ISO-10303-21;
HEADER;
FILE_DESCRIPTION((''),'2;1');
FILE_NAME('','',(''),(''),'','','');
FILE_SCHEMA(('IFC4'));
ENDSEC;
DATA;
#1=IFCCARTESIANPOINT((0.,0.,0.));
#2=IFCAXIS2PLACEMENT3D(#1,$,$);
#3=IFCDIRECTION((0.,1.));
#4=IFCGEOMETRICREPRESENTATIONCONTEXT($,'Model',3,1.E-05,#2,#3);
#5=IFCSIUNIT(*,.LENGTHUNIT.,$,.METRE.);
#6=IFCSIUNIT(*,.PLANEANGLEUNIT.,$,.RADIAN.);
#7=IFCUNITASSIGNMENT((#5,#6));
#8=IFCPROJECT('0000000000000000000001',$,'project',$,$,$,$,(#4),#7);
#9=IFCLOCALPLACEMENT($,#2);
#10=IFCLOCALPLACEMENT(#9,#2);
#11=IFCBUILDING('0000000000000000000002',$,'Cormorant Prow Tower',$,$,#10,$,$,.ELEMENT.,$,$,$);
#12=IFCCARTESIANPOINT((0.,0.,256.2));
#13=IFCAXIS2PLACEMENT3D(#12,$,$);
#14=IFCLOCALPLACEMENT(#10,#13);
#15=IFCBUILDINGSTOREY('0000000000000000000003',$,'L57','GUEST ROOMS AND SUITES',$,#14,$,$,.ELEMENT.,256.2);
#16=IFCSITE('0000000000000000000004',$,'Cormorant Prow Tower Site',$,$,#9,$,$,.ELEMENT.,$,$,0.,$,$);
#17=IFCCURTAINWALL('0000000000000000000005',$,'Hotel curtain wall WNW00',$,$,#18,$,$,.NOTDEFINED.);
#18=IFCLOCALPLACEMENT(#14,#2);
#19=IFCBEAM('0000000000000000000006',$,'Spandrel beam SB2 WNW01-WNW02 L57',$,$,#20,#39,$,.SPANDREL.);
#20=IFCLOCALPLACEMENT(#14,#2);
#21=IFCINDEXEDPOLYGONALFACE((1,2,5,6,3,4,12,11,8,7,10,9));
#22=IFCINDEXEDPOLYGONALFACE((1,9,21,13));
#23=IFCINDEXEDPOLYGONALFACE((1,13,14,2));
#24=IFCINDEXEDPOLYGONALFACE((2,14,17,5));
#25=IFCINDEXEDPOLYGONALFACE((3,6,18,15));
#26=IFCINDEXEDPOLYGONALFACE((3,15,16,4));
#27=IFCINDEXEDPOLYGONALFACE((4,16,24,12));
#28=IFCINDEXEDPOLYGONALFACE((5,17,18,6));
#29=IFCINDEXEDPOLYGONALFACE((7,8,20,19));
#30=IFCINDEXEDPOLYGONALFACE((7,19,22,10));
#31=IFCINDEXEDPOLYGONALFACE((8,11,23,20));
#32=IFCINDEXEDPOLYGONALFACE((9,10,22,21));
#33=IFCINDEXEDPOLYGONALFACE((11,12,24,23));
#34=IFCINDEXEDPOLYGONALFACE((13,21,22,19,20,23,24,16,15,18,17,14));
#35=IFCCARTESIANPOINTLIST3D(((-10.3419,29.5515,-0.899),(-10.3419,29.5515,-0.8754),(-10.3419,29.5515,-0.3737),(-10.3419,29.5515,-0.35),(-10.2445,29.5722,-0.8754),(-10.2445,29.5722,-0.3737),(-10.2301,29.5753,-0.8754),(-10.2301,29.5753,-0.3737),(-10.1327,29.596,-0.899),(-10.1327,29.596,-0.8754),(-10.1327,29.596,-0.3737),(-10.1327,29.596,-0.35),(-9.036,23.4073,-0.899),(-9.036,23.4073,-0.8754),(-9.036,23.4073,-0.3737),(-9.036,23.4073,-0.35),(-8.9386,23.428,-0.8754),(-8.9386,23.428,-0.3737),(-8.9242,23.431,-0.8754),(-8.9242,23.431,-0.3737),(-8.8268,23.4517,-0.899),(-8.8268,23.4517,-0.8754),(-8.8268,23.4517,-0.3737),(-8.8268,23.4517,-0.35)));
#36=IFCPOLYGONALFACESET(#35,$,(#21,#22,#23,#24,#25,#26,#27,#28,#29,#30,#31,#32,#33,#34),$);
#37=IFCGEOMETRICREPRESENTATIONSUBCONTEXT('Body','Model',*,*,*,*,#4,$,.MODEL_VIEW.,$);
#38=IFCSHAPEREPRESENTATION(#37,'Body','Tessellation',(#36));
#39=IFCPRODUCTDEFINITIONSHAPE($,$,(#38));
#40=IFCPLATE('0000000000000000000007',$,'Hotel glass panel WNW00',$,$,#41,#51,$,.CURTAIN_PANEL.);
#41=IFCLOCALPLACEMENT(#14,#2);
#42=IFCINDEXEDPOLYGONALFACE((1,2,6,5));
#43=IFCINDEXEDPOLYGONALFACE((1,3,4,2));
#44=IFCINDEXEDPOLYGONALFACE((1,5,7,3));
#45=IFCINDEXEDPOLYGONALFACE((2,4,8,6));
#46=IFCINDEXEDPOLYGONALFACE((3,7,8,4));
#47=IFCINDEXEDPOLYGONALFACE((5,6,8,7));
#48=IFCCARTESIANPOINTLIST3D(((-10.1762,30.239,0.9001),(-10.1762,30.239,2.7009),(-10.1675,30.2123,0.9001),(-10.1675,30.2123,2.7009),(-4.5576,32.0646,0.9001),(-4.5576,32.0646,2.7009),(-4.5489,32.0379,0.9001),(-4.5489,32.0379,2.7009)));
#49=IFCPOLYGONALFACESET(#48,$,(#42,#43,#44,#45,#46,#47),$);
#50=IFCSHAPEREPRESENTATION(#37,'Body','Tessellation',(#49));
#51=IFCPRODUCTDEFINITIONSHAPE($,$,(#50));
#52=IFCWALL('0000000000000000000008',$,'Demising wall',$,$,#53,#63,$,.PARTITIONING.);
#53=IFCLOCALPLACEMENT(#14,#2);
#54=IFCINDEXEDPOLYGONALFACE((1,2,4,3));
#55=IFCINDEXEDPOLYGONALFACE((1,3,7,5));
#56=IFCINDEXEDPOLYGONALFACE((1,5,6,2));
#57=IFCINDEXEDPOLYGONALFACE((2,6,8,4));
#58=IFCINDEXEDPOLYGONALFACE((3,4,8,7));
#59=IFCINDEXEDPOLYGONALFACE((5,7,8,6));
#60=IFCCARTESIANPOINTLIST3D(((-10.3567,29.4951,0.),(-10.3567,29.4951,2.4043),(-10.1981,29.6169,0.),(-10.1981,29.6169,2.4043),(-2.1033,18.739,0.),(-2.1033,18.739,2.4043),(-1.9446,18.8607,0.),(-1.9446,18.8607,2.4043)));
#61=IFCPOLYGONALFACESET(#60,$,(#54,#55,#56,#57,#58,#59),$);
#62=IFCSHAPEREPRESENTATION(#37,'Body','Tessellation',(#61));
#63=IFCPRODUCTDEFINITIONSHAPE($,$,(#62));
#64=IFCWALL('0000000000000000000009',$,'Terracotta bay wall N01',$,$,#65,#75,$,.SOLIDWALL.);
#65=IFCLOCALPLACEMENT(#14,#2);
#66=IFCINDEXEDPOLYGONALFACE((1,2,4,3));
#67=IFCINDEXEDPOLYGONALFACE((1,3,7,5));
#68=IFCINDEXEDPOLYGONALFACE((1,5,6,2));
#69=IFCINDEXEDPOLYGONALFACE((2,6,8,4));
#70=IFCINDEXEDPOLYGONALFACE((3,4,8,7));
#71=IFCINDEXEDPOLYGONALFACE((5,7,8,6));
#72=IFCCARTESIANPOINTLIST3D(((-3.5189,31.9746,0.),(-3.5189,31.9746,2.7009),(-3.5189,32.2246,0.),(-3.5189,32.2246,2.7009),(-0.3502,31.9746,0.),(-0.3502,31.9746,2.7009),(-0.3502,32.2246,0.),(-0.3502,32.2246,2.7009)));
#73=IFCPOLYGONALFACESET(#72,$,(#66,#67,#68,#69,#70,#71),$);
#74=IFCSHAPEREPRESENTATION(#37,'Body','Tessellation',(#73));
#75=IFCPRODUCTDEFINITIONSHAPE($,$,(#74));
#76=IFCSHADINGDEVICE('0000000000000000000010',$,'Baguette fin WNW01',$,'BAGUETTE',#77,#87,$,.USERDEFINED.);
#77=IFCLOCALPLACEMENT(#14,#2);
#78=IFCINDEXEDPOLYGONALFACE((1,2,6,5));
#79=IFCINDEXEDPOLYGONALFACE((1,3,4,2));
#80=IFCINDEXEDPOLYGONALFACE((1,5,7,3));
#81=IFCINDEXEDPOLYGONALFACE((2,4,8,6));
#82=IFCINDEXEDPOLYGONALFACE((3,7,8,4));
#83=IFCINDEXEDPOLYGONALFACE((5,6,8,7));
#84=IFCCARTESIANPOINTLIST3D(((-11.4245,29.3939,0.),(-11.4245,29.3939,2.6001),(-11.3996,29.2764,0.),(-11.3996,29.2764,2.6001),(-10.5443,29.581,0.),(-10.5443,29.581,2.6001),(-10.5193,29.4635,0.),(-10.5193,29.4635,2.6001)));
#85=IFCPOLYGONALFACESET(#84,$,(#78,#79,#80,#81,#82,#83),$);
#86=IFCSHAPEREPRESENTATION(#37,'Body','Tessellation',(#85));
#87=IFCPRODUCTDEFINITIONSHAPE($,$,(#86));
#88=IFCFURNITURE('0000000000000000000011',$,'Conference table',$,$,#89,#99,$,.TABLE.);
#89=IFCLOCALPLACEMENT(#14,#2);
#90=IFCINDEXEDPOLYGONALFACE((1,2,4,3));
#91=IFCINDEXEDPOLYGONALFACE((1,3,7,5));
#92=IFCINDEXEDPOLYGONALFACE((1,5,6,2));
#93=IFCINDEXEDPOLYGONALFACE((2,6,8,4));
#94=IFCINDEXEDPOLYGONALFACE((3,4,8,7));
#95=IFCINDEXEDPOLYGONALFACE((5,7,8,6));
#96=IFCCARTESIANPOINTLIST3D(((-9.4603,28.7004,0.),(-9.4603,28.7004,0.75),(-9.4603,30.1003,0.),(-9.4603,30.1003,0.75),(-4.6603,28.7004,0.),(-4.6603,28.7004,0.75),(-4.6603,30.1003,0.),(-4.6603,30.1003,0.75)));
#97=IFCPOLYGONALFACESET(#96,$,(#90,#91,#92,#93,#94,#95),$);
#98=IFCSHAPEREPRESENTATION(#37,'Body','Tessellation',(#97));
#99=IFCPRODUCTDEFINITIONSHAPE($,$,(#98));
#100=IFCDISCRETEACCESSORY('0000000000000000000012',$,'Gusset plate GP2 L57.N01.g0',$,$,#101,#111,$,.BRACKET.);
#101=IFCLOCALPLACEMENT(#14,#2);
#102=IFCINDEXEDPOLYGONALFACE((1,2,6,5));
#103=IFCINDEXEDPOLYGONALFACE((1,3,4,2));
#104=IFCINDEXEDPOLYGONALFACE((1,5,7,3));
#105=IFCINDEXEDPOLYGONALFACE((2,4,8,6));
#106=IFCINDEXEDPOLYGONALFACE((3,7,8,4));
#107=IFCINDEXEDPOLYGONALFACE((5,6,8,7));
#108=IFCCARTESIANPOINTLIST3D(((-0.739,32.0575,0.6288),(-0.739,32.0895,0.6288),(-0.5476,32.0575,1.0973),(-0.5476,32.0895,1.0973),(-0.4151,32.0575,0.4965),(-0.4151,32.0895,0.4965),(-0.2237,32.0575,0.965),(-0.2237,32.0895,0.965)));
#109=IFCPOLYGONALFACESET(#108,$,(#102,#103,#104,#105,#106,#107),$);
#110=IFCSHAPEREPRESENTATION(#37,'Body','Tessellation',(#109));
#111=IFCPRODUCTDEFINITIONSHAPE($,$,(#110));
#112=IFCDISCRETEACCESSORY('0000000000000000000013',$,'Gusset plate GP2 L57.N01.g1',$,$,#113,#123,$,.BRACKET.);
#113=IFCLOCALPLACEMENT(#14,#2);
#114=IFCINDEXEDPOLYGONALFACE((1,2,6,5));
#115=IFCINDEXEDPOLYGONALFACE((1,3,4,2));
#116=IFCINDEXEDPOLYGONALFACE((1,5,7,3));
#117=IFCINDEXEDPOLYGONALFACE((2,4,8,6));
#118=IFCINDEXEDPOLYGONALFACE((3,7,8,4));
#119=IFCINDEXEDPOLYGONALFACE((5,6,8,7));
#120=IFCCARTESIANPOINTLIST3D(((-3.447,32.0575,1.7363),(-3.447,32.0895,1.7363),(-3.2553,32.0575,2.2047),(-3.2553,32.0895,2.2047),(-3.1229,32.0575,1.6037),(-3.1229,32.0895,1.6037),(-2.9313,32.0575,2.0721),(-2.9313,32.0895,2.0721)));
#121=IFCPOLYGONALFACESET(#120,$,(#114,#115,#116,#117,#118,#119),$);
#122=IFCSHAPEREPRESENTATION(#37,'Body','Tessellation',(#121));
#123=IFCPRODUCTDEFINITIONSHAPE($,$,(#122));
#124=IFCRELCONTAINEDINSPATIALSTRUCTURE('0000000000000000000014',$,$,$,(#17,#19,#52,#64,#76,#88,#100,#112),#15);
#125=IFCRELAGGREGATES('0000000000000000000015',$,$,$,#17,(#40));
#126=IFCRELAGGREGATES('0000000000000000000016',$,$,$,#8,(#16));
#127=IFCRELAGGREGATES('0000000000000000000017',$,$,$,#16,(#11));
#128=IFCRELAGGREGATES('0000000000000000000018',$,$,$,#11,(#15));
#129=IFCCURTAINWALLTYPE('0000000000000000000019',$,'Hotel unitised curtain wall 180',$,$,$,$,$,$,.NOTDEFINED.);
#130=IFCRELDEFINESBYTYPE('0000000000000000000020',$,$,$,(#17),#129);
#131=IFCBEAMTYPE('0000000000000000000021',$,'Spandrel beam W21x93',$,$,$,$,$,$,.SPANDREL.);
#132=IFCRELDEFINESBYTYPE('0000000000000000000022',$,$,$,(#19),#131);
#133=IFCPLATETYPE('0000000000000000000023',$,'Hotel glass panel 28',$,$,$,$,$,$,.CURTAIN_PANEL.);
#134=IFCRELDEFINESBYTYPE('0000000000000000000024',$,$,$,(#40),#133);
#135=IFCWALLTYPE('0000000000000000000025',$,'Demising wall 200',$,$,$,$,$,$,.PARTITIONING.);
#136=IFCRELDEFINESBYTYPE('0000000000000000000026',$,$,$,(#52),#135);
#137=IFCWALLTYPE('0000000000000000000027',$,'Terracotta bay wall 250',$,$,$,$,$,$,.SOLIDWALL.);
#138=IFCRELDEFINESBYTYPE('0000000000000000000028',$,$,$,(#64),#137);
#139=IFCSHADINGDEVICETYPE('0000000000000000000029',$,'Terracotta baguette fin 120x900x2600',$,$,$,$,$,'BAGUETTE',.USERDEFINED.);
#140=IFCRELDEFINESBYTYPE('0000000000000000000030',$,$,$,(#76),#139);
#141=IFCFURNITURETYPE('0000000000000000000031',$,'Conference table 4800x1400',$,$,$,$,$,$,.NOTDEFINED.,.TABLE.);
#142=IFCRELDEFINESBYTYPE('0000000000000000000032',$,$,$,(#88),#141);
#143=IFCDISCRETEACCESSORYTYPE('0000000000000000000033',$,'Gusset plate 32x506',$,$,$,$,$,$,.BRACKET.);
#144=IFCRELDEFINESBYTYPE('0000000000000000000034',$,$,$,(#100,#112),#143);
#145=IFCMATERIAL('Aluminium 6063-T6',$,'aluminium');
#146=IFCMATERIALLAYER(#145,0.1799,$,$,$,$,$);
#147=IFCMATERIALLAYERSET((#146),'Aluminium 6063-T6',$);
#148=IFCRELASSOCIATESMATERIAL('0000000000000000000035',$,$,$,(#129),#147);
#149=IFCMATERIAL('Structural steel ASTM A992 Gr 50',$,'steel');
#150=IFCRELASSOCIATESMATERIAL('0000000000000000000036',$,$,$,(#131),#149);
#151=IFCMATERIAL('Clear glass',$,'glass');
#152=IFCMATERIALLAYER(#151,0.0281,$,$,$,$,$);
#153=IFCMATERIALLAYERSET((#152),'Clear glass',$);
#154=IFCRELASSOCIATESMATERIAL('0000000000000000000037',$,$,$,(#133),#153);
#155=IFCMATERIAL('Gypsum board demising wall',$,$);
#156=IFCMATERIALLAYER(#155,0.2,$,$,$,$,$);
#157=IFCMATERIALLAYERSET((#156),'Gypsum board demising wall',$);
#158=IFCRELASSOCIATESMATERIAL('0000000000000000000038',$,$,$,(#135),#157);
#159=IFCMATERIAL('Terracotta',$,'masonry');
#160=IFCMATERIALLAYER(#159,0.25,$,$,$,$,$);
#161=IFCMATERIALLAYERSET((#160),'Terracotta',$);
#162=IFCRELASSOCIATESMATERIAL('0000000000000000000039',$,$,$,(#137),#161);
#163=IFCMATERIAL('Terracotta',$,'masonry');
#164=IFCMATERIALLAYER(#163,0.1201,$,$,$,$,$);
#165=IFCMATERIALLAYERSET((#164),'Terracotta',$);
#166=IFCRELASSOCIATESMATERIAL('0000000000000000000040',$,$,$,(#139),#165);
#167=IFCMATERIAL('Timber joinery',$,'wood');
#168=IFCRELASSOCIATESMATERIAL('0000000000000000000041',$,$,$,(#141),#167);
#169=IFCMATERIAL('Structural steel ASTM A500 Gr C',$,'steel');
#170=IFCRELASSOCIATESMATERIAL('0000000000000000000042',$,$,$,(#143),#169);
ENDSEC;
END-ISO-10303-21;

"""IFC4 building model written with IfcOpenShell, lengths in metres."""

from ifc_helpers import new_model, si_unit, direction, frame, frame_2d, origin, origin_2d, place, context, subcontext, project, spatial, rectangle, i_section, extrude, material, layer, layer_set, material_profile, profile_set, type_object, element, aggregate, save


model = new_model("IFC4")

# Units and contexts
model_context = context("Model", 3, precision=1e-05, world=origin(), true_north=direction((0.0, 1.0)))
body_context = subcontext(model_context, "Body", "Model", "MODEL_VIEW")
ifc_project = project(units=[si_unit("LENGTHUNIT", "METRE"), si_unit("PLANEANGLEUNIT", "RADIAN")], contexts=[model_context])

# Site, building, storey
site_placement = place(None, origin())
site = spatial("IfcSite", under=ifc_project, at=site_placement, Name="Cormorant Prow Tower Site", CompositionType="ELEMENT", RefElevation=0.0)
building_placement = place(site_placement, origin())
building = spatial("IfcBuilding", under=site, at=building_placement, Name="Cormorant Prow Tower", CompositionType="ELEMENT")
storey_placement = place(building_placement, frame((0.0, 0.0, 256.2)))
storey = spatial("IfcBuildingStorey", under=building, at=storey_placement, Name="L57", Description="GUEST ROOMS AND SUITES", CompositionType="ELEMENT", Elevation=256.2)

# Curtain wall
ifc_material_1 = material(Name="Aluminium 6063-T6", Category="aluminium")
ifc_layer_1 = layer(ifc_material_1, 0.1799)
ifc_layer_set_1 = layer_set([ifc_layer_1], Name="Aluminium 6063-T6")
curtain_wall_type = type_object("IfcCurtainWallType", Name="Hotel unitised curtain wall 180", PredefinedType="NOTDEFINED", material=ifc_layer_set_1)
curtain_wall_1_placement = place(storey_placement, origin())
curtain_wall_1 = element("IfcCurtainWall", 1, at=curtain_wall_1_placement, inside=storey, type_object=curtain_wall_type, Name="Hotel curtain wall WNW00", PredefinedType="NOTDEFINED")

# Beam
ifc_material_2 = material(Name="Structural steel ASTM A992 Gr 50", Category="steel")
ifc_material_profile_1 = material_profile(ifc_material_2, i_section(OverallWidth=0.2139, OverallDepth=0.5491, WebThickness=0.0146, FlangeThickness=0.0237, at=origin_2d()), Name="W21x93")
ifc_profile_set_1 = profile_set([ifc_material_profile_1], Name="Structural steel ASTM A992 Gr 50")
beam_type = type_object("IfcBeamType", Name="Spandrel beam W21x93", PredefinedType="SPANDREL", material=ifc_profile_set_1)
for number, where, z_axis, x_axis, name in (
    (2, (-10.2373, 29.5737, -0.6245), (0.207896, -0.978151, 0.0), (0.978151, 0.207896, 0.0), "Spandrel beam SB2 WNW01-WNW02 L57"),
):
    element("IfcBeam", number, at=place(storey_placement, frame(where, z_axis=z_axis, x_axis=x_axis)), inside=storey, type_object=beam_type, Name=name, PredefinedType="SPANDREL", context=body_context, shape_type="SweptSolid", body=[
        extrude(i_section(OverallWidth=0.2139, OverallDepth=0.5491, WebThickness=0.0146, FlangeThickness=0.0237, at=origin_2d()), origin(), (0.0, 0.0, 1.0), 6.2815),
    ])

# Plate
ifc_material_3 = material(Name="Clear glass", Category="glass")
ifc_layer_2 = layer(ifc_material_3, 0.0281)
ifc_layer_set_2 = layer_set([ifc_layer_2], Name="Clear glass")
plate_type = type_object("IfcPlateType", Name="Hotel glass panel 28", PredefinedType="CURTAIN_PANEL", material=ifc_layer_set_2)
plate_placement = place(storey_placement, frame((-7.3625, 31.1384, 0.9001), z_axis=(0.0, 0.0, 1.0), x_axis=(-0.951057, -0.309017, 0.0)))
plate = element("IfcPlate", 3, at=plate_placement, type_object=plate_type, Name="Hotel glass panel WNW00", PredefinedType="CURTAIN_PANEL", context=body_context, shape_type="SweptSolid", body=[
    extrude(rectangle(XDim=5.9077, YDim=0.0281, at=origin_2d()), origin(), (0.0, 0.0, 1.0), 1.8008),
])
aggregate(curtain_wall_1, [plate])

# Walls
ifc_material_4 = material(Name="Gypsum board demising wall")
ifc_layer_3 = layer(ifc_material_4, 0.2)
ifc_layer_set_3 = layer_set([ifc_layer_3], Name="Gypsum board demising wall")
wall_type_1 = type_object("IfcWallType", Name="Demising wall 200", PredefinedType="PARTITIONING", material=ifc_layer_set_3)
wall_1_placement = place(storey_placement, frame((-10.2773, 29.5559, 0.0), z_axis=(0.0, 0.0, 1.0), x_axis=(0.60876, -0.793354, 0.0)))
element("IfcWall", 4, at=wall_1_placement, inside=storey, type_object=wall_type_1, Name="Demising wall", PredefinedType="PARTITIONING", context=body_context, shape_type="SweptSolid", body=[
    extrude(rectangle(XDim=13.5579, YDim=0.2, at=frame_2d((6.7788, 0.0))), origin(), (0.0, 0.0, 1.0), 2.4043),
])
ifc_material_5 = material(Name="Terracotta", Category="masonry")
ifc_layer_4 = layer(ifc_material_5, 0.25)
ifc_layer_set_4 = layer_set([ifc_layer_4], Name="Terracotta")
wall_type_2 = type_object("IfcWallType", Name="Terracotta bay wall 250", PredefinedType="SOLIDWALL", material=ifc_layer_set_4)
wall_2_placement = place(storey_placement, frame((-0.3501, 32.0996, 0.0), z_axis=(0.0, 0.0, 1.0), x_axis=(-1.0, 0.0, 0.0)))
element("IfcWall", 5, at=wall_2_placement, inside=storey, type_object=wall_type_2, Name="Terracotta bay wall N01", PredefinedType="SOLIDWALL", context=body_context, shape_type="SweptSolid", body=[
    extrude(rectangle(XDim=3.1687, YDim=0.25, at=frame_2d((1.5845, 0.0))), origin(), (0.0, 0.0, 1.0), 2.7009),
])

# Shading device
ifc_material_6 = material(Name="Terracotta", Category="masonry")
ifc_layer_5 = layer(ifc_material_6, 0.1201)
ifc_layer_set_5 = layer_set([ifc_layer_5], Name="Terracotta")
shading_device_type = type_object("IfcShadingDeviceType", Name="Terracotta baguette fin 120x900x2600", ElementType="BAGUETTE", PredefinedType="USERDEFINED", material=ifc_layer_set_5)
shading_device_placement = place(storey_placement, frame((-10.9719, 29.4287, 0.0), z_axis=(0.0, 0.0, 1.0), x_axis=(0.207912, -0.978148, 0.0)))
element("IfcShadingDevice", 6, at=shading_device_placement, inside=storey, type_object=shading_device_type, Name="Baguette fin WNW01", ObjectType="BAGUETTE", PredefinedType="USERDEFINED", context=body_context, shape_type="SweptSolid", body=[
    extrude(rectangle(XDim=0.1201, YDim=0.8999, at=origin_2d()), origin(), (0.0, 0.0, 1.0), 2.6001),
])

# Furniture
ifc_material_7 = material(Name="Timber joinery", Category="wood")
furniture_type = type_object("IfcFurnitureType", Name="Conference table 4800x1400", AssemblyPlace="NOTDEFINED", PredefinedType="TABLE", material=ifc_material_7)
furniture_placement = place(storey_placement, frame((-7.0603, 29.4004, 0.0), z_axis=(0.0, 0.0, 1.0), x_axis=(1.0, 0.0, 0.0)))
element("IfcFurniture", 7, at=furniture_placement, inside=storey, type_object=furniture_type, Name="Conference table", PredefinedType="TABLE", context=body_context, shape_type="SweptSolid", body=[
    extrude(rectangle(XDim=4.8, YDim=1.3999, at=origin_2d()), origin(), (0.0, 0.0, 1.0), 0.75),
])

# Discrete accessories
ifc_material_8 = material(Name="Structural steel ASTM A500 Gr C", Category="steel")
ifc_material_profile_2 = material_profile(ifc_material_8, rectangle(XDim=0.032, YDim=0.5061, at=origin_2d()), Name="Gusset plate 32x506")
ifc_profile_set_2 = profile_set([ifc_material_profile_2], Name="Structural steel ASTM A500 Gr C")
discrete_accessory_type = type_object("IfcDiscreteAccessoryType", Name="Gusset plate 32x506", PredefinedType="BRACKET", material=ifc_profile_set_2)
discrete_accessory_1_placement = place(storey_placement, frame((-0.6433, 32.0735, 0.863), z_axis=(0.925758, 0.0, -0.378117), x_axis=(0.0, 1.0, 0.0)))
element("IfcDiscreteAccessory", 8, at=discrete_accessory_1_placement, inside=storey, type_object=discrete_accessory_type, Name="Gusset plate GP2 L57.N01.g0", PredefinedType="BRACKET", context=body_context, shape_type="SweptSolid", body=[
    extrude(rectangle(XDim=0.032, YDim=0.5061, at=origin_2d()), origin(), (0.0, 0.0, 1.0), 0.3499),
])
discrete_accessory_2_placement = place(storey_placement, frame((-3.0271, 32.0735, 1.8379), z_axis=(-0.925514, 0.0, 0.378714), x_axis=(0.0, -1.0, 0.0)))
element("IfcDiscreteAccessory", 9, at=discrete_accessory_2_placement, inside=storey, type_object=discrete_accessory_type, Name="Gusset plate GP2 L57.N01.g1", PredefinedType="BRACKET", context=body_context, shape_type="SweptSolid", body=[
    extrude(rectangle(XDim=0.032, YDim=0.5061, at=origin_2d()), origin(), (0.0, 0.0, 1.0), 0.3501),
])

save(model, "model.ifc")
